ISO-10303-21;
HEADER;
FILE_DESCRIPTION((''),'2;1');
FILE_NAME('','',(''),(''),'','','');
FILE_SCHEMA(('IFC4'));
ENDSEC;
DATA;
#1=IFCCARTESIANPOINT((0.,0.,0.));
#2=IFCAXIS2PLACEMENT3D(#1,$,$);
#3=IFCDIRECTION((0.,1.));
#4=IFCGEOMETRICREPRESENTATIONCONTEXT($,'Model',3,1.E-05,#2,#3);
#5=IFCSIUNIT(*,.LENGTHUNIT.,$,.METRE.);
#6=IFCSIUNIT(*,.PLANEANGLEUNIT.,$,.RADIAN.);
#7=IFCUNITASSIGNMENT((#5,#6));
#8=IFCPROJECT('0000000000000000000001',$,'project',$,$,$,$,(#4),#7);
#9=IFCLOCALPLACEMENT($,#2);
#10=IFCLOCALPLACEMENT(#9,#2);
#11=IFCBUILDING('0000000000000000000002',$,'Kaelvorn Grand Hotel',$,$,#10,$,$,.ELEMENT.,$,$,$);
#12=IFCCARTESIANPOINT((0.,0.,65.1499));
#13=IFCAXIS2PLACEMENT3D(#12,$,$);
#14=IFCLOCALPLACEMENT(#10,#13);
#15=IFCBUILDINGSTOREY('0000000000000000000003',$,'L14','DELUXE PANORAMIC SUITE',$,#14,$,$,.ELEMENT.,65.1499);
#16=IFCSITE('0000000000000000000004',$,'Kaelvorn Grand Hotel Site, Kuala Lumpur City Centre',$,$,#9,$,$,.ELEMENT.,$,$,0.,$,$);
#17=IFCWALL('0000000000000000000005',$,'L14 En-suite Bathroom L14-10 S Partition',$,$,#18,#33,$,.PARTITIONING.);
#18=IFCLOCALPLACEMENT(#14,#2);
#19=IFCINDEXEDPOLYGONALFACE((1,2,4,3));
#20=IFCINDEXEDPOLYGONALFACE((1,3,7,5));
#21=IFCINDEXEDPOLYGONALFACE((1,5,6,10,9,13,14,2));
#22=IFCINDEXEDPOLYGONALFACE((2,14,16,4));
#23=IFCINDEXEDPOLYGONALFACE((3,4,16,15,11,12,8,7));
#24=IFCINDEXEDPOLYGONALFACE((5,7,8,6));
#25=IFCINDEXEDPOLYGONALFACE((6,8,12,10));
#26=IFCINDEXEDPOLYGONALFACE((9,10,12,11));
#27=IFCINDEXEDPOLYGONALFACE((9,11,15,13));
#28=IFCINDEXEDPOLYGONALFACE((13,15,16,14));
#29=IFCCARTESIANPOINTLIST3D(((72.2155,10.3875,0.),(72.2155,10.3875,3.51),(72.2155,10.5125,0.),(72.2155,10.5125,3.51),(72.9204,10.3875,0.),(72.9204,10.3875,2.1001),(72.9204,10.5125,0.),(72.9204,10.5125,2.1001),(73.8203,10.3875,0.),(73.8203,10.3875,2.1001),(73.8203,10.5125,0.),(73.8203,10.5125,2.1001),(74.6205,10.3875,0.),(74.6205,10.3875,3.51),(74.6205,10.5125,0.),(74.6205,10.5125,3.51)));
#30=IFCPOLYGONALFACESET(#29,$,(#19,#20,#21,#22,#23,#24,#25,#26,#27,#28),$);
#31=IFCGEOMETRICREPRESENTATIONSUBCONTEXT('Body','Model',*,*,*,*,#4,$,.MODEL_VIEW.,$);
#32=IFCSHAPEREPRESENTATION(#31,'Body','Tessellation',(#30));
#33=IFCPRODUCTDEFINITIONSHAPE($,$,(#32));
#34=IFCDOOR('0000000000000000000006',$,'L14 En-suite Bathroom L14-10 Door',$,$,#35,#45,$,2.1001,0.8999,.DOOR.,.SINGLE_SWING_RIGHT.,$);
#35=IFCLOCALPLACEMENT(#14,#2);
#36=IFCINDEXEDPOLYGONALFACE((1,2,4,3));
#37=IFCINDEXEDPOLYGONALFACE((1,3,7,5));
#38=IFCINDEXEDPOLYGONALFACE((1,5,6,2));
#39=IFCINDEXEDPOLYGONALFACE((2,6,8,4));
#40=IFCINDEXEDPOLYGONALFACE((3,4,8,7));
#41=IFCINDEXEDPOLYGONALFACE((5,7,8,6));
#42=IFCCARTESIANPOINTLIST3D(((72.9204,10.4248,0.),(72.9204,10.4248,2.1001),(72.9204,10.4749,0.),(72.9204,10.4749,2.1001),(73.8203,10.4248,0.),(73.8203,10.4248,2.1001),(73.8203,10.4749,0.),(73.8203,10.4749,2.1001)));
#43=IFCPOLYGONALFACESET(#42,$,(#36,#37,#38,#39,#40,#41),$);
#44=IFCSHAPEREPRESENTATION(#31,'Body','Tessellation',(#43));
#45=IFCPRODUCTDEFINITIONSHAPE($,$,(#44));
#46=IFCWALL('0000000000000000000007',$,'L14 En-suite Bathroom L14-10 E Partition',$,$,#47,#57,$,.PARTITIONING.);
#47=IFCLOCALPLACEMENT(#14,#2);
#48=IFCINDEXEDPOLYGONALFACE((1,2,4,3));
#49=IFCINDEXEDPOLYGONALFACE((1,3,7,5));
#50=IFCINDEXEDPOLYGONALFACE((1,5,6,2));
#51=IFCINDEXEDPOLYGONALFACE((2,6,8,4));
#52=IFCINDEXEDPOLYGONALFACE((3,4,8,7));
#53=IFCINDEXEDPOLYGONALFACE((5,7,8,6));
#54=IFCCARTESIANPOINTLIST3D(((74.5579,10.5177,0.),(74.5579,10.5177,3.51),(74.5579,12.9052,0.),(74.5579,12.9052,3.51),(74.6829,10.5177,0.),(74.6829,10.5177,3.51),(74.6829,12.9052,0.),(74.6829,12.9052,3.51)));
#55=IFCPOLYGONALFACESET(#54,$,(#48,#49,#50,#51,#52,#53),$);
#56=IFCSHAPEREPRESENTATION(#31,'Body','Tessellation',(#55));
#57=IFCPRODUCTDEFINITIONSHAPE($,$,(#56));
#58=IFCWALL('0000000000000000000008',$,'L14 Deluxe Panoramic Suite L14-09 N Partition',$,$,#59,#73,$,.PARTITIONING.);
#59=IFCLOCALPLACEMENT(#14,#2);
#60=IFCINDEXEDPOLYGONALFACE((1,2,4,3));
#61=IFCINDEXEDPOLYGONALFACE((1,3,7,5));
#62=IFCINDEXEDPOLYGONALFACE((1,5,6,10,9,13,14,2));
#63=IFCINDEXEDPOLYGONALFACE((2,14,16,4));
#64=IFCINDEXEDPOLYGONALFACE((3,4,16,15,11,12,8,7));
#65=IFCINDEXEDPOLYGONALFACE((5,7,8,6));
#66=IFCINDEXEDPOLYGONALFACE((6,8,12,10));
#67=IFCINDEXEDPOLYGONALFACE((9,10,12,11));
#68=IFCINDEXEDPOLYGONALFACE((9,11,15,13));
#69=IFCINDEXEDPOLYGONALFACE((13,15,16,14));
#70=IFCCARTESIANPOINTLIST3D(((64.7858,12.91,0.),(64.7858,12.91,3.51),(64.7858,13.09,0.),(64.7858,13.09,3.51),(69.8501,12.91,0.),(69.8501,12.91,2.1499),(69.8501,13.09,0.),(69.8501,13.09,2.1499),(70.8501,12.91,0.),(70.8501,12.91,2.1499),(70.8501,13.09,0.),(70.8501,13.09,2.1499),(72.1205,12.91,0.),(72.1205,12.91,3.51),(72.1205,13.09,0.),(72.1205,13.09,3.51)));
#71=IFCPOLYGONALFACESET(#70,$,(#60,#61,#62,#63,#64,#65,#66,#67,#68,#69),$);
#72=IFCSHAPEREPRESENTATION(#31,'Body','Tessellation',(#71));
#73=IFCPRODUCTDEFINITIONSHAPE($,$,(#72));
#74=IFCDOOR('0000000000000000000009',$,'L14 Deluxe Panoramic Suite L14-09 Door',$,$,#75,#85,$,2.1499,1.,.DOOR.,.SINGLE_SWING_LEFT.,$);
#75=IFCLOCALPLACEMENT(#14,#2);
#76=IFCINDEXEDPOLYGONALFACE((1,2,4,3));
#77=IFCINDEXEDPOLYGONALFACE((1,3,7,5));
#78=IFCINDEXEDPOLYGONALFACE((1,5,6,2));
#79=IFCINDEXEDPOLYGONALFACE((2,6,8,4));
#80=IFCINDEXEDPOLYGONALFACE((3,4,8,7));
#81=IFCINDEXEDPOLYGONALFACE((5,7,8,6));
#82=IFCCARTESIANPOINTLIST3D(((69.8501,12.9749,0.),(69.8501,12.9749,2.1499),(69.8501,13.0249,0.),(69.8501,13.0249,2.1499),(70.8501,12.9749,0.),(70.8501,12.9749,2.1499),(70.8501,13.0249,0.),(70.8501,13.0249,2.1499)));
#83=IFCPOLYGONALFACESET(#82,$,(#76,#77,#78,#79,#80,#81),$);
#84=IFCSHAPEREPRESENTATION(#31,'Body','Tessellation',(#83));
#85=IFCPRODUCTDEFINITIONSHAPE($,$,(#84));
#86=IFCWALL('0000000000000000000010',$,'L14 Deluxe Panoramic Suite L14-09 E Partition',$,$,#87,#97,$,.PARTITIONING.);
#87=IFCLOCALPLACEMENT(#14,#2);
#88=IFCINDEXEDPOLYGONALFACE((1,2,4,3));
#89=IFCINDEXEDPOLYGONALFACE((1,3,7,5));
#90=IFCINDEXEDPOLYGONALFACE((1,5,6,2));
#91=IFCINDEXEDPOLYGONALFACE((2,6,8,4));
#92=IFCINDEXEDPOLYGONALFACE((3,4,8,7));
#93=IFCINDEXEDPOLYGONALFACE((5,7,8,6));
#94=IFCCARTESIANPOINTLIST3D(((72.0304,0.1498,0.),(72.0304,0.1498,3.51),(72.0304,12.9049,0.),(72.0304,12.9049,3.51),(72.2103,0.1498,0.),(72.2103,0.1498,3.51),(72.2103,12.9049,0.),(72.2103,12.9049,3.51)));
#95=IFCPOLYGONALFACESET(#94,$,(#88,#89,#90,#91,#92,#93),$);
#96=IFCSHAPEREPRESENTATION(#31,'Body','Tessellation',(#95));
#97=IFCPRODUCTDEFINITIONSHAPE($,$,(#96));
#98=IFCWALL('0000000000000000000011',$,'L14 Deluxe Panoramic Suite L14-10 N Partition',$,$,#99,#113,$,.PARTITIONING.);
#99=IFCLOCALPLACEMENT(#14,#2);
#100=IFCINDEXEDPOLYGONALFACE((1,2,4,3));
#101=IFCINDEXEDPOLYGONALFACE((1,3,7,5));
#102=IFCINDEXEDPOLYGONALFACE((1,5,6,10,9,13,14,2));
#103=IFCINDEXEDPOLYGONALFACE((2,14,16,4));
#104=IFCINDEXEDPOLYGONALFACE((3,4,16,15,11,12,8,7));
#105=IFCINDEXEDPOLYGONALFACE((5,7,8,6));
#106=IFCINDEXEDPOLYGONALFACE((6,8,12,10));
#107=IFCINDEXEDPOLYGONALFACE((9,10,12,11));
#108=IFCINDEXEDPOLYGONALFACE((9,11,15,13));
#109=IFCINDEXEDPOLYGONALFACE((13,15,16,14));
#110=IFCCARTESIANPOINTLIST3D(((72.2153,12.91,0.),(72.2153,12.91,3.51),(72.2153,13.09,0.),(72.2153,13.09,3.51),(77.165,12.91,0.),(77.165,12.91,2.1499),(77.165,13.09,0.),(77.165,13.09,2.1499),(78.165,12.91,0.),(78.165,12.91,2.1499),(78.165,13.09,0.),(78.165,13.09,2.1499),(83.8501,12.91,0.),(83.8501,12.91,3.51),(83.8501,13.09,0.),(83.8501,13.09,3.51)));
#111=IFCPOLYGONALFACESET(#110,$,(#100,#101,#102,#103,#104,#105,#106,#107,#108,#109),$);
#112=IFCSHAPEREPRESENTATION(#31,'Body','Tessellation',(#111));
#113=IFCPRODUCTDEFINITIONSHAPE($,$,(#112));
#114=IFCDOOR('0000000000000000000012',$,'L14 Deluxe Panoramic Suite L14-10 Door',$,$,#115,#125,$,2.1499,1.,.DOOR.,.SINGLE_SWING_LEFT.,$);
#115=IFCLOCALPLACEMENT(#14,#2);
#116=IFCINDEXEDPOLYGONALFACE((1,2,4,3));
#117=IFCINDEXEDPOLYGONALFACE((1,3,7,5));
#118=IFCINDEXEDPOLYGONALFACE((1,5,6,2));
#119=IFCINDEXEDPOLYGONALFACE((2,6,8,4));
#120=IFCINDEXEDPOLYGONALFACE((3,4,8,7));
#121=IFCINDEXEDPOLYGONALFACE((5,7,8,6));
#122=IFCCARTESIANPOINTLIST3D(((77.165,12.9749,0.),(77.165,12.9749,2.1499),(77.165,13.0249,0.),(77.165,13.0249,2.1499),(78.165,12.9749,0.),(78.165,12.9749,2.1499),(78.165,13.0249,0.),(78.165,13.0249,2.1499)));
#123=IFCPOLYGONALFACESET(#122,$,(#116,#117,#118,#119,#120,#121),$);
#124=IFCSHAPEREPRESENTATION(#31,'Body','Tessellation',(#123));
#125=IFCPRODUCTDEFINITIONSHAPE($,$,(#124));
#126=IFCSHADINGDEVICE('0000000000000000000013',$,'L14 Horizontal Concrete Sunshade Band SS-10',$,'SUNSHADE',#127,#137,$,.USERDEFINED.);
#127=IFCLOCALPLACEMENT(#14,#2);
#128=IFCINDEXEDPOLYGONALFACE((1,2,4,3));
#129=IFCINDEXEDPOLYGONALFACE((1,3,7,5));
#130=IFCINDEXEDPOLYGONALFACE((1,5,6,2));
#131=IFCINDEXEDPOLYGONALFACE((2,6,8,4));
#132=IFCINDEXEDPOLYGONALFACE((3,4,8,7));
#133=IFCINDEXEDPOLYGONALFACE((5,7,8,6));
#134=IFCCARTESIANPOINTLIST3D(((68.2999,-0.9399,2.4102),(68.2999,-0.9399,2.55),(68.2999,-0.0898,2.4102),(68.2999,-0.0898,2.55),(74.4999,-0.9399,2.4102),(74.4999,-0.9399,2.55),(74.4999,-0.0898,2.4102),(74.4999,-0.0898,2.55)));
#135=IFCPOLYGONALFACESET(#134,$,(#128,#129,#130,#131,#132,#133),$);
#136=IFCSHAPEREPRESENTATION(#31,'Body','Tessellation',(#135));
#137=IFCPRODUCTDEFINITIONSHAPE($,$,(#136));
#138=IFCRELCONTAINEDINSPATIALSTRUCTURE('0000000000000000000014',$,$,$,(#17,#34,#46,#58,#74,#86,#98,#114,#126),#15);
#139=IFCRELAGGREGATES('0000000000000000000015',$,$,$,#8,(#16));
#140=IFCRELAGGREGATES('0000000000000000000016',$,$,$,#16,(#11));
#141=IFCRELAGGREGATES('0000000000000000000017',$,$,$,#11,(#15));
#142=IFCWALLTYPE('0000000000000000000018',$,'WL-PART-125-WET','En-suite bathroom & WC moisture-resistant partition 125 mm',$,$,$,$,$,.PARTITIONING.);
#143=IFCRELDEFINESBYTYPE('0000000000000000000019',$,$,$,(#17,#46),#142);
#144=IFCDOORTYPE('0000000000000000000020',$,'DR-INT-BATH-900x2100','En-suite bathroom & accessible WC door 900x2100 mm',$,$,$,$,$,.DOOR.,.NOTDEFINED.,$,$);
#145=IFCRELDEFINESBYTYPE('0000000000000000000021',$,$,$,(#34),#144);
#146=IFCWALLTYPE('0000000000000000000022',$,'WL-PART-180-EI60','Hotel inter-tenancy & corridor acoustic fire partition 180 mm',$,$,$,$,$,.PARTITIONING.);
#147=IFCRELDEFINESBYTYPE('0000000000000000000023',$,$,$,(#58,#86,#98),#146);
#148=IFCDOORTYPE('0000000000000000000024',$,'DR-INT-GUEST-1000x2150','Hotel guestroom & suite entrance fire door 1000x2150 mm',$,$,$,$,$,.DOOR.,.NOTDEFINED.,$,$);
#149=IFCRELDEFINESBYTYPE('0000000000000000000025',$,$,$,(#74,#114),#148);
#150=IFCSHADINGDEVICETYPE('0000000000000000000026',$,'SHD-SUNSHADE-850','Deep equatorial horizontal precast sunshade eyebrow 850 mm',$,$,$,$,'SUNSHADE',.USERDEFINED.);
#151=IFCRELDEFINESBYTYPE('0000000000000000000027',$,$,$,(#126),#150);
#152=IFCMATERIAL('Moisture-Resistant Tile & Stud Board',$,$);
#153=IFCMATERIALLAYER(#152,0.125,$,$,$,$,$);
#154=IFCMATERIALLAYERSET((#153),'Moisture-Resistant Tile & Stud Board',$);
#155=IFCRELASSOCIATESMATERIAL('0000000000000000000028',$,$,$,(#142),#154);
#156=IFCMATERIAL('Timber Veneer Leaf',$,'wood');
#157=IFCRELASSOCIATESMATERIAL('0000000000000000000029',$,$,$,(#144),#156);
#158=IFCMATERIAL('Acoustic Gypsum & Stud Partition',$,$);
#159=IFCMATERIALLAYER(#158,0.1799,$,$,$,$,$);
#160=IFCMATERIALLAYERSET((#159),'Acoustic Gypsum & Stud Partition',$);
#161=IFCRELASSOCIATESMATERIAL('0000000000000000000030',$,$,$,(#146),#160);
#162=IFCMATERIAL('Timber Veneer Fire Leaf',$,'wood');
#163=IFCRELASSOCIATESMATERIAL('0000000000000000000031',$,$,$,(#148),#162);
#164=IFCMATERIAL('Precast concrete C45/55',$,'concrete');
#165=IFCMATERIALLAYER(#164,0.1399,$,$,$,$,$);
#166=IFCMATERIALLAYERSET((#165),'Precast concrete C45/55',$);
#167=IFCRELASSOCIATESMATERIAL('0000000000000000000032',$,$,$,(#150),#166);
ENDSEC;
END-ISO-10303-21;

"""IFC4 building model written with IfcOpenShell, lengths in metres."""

from ifc_helpers import new_model, si_unit, direction, frame, frame_2d, origin, origin_2d, place, context, subcontext, project, spatial, rectangle, extrude, material, layer, layer_set, type_object, element, fill, save


model = new_model("IFC4")

# Units and contexts
model_context = context("Model", 3, precision=1e-05, world=origin(), true_north=direction((0.0, 1.0)))
body_context = subcontext(model_context, "Body", "Model", "MODEL_VIEW")
ifc_project = project(units=[si_unit("LENGTHUNIT", "METRE"), si_unit("PLANEANGLEUNIT", "RADIAN")], contexts=[model_context])

# Site, building, storey
site_placement = place(None, origin())
site = spatial("IfcSite", under=ifc_project, at=site_placement, Name="Kaelvorn Grand Hotel Site, Kuala Lumpur City Centre", CompositionType="ELEMENT", RefElevation=0.0)
building_placement = place(site_placement, origin())
building = spatial("IfcBuilding", under=site, at=building_placement, Name="Kaelvorn Grand Hotel", CompositionType="ELEMENT")
storey_placement = place(building_placement, frame((0.0, 0.0, 65.1499)))
storey = spatial("IfcBuildingStorey", under=building, at=storey_placement, Name="L14", Description="DELUXE PANORAMIC SUITE", CompositionType="ELEMENT", Elevation=65.1499)

# Shared definitions
ifc_material_1 = material(Name="Moisture-Resistant Tile & Stud Board")
ifc_layer_1 = layer(ifc_material_1, 0.125)
ifc_layer_set_1 = layer_set([ifc_layer_1], Name="Moisture-Resistant Tile & Stud Board")
wall_type_1 = type_object("IfcWallType", Name="WL-PART-125-WET", Description="En-suite bathroom & WC moisture-resistant partition 125 mm", PredefinedType="PARTITIONING", material=ifc_layer_set_1)
ifc_material_2 = material(Name="Timber Veneer Leaf", Category="wood")
door_type_1 = type_object("IfcDoorType", Name="DR-INT-BATH-900x2100", Description="En-suite bathroom & accessible WC door 900x2100 mm", OperationType="NOTDEFINED", PredefinedType="DOOR", material=ifc_material_2)

# Wall, opening, door
wall_1_placement = place(storey_placement, frame((72.2153, 10.45, 0.0), z_axis=(0.0, 0.0, 1.0), x_axis=(1.0, 0.0, 0.0)))
wall_1 = element("IfcWall", 1, at=wall_1_placement, inside=storey, type_object=wall_type_1, Name="L14 En-suite Bathroom L14-10 S Partition", PredefinedType="PARTITIONING", context=body_context, shape_type="SweptSolid", body=[
    extrude(rectangle(XDim=2.405, YDim=0.125, at=frame_2d((1.2026, 0.0))), origin(), (0.0, 0.0, 1.0), 3.51),
])
opening_1_placement = place(wall_1_placement, frame((0.7051, 0.0, 0.0)))
opening_1 = element("IfcOpeningElement", 2, at=opening_1_placement, cuts=wall_1, PredefinedType="OPENING", context=body_context, shape_type="SweptSolid", body=[
    extrude(rectangle(XDim=0.8999, YDim=2.1001, at=frame_2d((0.45, 1.05))), frame((0.0, 0.0725, 0.0), z_axis=(0.0, -1.0, 0.0), x_axis=(1.0, 0.0, 0.0)), (0.0, 0.0, 1.0), 0.145),
])
door_1_placement = place(opening_1_placement, origin())
door_1 = element("IfcDoor", 3, at=door_1_placement, inside=storey, type_object=door_type_1, Name="L14 En-suite Bathroom L14-10 Door", OperationType="SINGLE_SWING_RIGHT", OverallHeight=2.1001, OverallWidth=0.8999, PredefinedType="DOOR", context=body_context, shape_type="SweptSolid", body=[
    extrude(rectangle(XDim=0.8999, YDim=2.1001, at=frame_2d((0.45, 1.05))), frame((0.0, 0.0249, 0.0), z_axis=(0.0, -1.0, 0.0), x_axis=(1.0, 0.0, 0.0)), (0.0, 0.0, 1.0), 0.05),
])
fill(opening_1, door_1)

# Wall
wall_2_placement = place(storey_placement, frame((74.6204, 10.5176, 0.0), z_axis=(0.0, 0.0, 1.0), x_axis=(0.0, 1.0, 0.0)))
element("IfcWall", 4, at=wall_2_placement, inside=storey, type_object=wall_type_1, Name="L14 En-suite Bathroom L14-10 E Partition", PredefinedType="PARTITIONING", context=body_context, shape_type="SweptSolid", body=[
    extrude(rectangle(XDim=2.3875, YDim=0.125, at=frame_2d((1.1938, 0.0))), origin(), (0.0, 0.0, 1.0), 3.51),
])

# Wall, opening, door
ifc_material_3 = material(Name="Acoustic Gypsum & Stud Partition")
ifc_layer_2 = layer(ifc_material_3, 0.1799)
ifc_layer_set_2 = layer_set([ifc_layer_2], Name="Acoustic Gypsum & Stud Partition")
wall_type_2 = type_object("IfcWallType", Name="WL-PART-180-EI60", Description="Hotel inter-tenancy & corridor acoustic fire partition 180 mm", PredefinedType="PARTITIONING", material=ifc_layer_set_2)
wall_3_placement = place(storey_placement, frame((64.7856, 13.0, 0.0), z_axis=(0.0, 0.0, 1.0), x_axis=(1.0, 0.0, 0.0)))
wall_3 = element("IfcWall", 5, at=wall_3_placement, inside=storey, type_object=wall_type_2, Name="L14 Deluxe Panoramic Suite L14-09 N Partition", PredefinedType="PARTITIONING", context=body_context, shape_type="SweptSolid", body=[
    extrude(rectangle(XDim=7.3347, YDim=0.1799, at=frame_2d((3.6675, 0.0))), origin(), (0.0, 0.0, 1.0), 3.51),
])
opening_2_placement = place(wall_3_placement, frame((5.0645, 0.0, 0.0)))
opening_2 = element("IfcOpeningElement", 6, at=opening_2_placement, cuts=wall_3, PredefinedType="OPENING", context=body_context, shape_type="SweptSolid", body=[
    extrude(rectangle(XDim=1.0, YDim=2.1499, at=frame_2d((0.5, 1.075))), frame((0.0, 0.1001, 0.0), z_axis=(0.0, -1.0, 0.0), x_axis=(1.0, 0.0, 0.0)), (0.0, 0.0, 1.0), 0.2),
])
ifc_material_4 = material(Name="Timber Veneer Fire Leaf", Category="wood")
door_type_2 = type_object("IfcDoorType", Name="DR-INT-GUEST-1000x2150", Description="Hotel guestroom & suite entrance fire door 1000x2150 mm", OperationType="NOTDEFINED", PredefinedType="DOOR", material=ifc_material_4)
door_2_placement = place(opening_2_placement, origin())
door_2 = element("IfcDoor", 7, at=door_2_placement, inside=storey, type_object=door_type_2, Name="L14 Deluxe Panoramic Suite L14-09 Door", OperationType="SINGLE_SWING_LEFT", OverallHeight=2.1499, OverallWidth=1.0, PredefinedType="DOOR", context=body_context, shape_type="SweptSolid", body=[
    extrude(rectangle(XDim=1.0, YDim=2.1499, at=frame_2d((0.5, 1.075))), frame((0.0, 0.0249, 0.0), z_axis=(0.0, -1.0, 0.0), x_axis=(1.0, 0.0, 0.0)), (0.0, 0.0, 1.0), 0.05),
])
fill(opening_2, door_2)

# Wall
wall_4_placement = place(storey_placement, frame((72.1204, 0.1499, 0.0), z_axis=(0.0, 0.0, 1.0), x_axis=(0.0, 1.0, 0.0)))
element("IfcWall", 8, at=wall_4_placement, inside=storey, type_object=wall_type_2, Name="L14 Deluxe Panoramic Suite L14-09 E Partition", PredefinedType="PARTITIONING", context=body_context, shape_type="SweptSolid", body=[
    extrude(rectangle(XDim=12.7551, YDim=0.1799, at=frame_2d((6.3774, 0.0))), origin(), (0.0, 0.0, 1.0), 3.51),
])

# Wall, opening, door
wall_5_placement = place(storey_placement, frame((72.2153, 13.0, 0.0), z_axis=(0.0, 0.0, 1.0), x_axis=(1.0, 0.0, 0.0)))
wall_5 = element("IfcWall", 9, at=wall_5_placement, inside=storey, type_object=wall_type_2, Name="L14 Deluxe Panoramic Suite L14-10 N Partition", PredefinedType="PARTITIONING", context=body_context, shape_type="SweptSolid", body=[
    extrude(rectangle(XDim=11.6348, YDim=0.1799, at=frame_2d((5.8174, 0.0))), origin(), (0.0, 0.0, 1.0), 3.51),
])
opening_3_placement = place(wall_5_placement, frame((4.9497, 0.0, 0.0)))
opening_3 = element("IfcOpeningElement", 10, at=opening_3_placement, cuts=wall_5, PredefinedType="OPENING", context=body_context, shape_type="SweptSolid", body=[
    extrude(rectangle(XDim=1.0, YDim=2.1499, at=frame_2d((0.5, 1.075))), frame((0.0, 0.1001, 0.0), z_axis=(0.0, -1.0, 0.0), x_axis=(1.0, 0.0, 0.0)), (0.0, 0.0, 1.0), 0.2),
])
door_3_placement = place(opening_3_placement, origin())
door_3 = element("IfcDoor", 11, at=door_3_placement, inside=storey, type_object=door_type_2, Name="L14 Deluxe Panoramic Suite L14-10 Door", OperationType="SINGLE_SWING_LEFT", OverallHeight=2.1499, OverallWidth=1.0, PredefinedType="DOOR", context=body_context, shape_type="SweptSolid", body=[
    extrude(rectangle(XDim=1.0, YDim=2.1499, at=frame_2d((0.5, 1.075))), frame((0.0, 0.0249, 0.0), z_axis=(0.0, -1.0, 0.0), x_axis=(1.0, 0.0, 0.0)), (0.0, 0.0, 1.0), 0.05),
])
fill(opening_3, door_3)

# Shading device
ifc_material_5 = material(Name="Precast concrete C45/55", Category="concrete")
ifc_layer_3 = layer(ifc_material_5, 0.1399)
ifc_layer_set_3 = layer_set([ifc_layer_3], Name="Precast concrete C45/55")
shading_device_type = type_object("IfcShadingDeviceType", Name="SHD-SUNSHADE-850", Description="Deep equatorial horizontal precast sunshade eyebrow 850 mm", ElementType="SUNSHADE", PredefinedType="USERDEFINED", material=ifc_layer_set_3)
shading_device_placement = place(storey_placement, frame((71.3999, -0.5149, 2.4102), z_axis=(0.0, 0.0, 1.0), x_axis=(1.0, 0.0, 0.0)))
element("IfcShadingDevice", 12, at=shading_device_placement, inside=storey, type_object=shading_device_type, Name="L14 Horizontal Concrete Sunshade Band SS-10", ObjectType="SUNSHADE", PredefinedType="USERDEFINED", context=body_context, shape_type="SweptSolid", body=[
    extrude(rectangle(XDim=6.2, YDim=0.8501, at=origin_2d()), origin(), (0.0, 0.0, 1.0), 0.1399),
])

save(model, "model.ifc")
